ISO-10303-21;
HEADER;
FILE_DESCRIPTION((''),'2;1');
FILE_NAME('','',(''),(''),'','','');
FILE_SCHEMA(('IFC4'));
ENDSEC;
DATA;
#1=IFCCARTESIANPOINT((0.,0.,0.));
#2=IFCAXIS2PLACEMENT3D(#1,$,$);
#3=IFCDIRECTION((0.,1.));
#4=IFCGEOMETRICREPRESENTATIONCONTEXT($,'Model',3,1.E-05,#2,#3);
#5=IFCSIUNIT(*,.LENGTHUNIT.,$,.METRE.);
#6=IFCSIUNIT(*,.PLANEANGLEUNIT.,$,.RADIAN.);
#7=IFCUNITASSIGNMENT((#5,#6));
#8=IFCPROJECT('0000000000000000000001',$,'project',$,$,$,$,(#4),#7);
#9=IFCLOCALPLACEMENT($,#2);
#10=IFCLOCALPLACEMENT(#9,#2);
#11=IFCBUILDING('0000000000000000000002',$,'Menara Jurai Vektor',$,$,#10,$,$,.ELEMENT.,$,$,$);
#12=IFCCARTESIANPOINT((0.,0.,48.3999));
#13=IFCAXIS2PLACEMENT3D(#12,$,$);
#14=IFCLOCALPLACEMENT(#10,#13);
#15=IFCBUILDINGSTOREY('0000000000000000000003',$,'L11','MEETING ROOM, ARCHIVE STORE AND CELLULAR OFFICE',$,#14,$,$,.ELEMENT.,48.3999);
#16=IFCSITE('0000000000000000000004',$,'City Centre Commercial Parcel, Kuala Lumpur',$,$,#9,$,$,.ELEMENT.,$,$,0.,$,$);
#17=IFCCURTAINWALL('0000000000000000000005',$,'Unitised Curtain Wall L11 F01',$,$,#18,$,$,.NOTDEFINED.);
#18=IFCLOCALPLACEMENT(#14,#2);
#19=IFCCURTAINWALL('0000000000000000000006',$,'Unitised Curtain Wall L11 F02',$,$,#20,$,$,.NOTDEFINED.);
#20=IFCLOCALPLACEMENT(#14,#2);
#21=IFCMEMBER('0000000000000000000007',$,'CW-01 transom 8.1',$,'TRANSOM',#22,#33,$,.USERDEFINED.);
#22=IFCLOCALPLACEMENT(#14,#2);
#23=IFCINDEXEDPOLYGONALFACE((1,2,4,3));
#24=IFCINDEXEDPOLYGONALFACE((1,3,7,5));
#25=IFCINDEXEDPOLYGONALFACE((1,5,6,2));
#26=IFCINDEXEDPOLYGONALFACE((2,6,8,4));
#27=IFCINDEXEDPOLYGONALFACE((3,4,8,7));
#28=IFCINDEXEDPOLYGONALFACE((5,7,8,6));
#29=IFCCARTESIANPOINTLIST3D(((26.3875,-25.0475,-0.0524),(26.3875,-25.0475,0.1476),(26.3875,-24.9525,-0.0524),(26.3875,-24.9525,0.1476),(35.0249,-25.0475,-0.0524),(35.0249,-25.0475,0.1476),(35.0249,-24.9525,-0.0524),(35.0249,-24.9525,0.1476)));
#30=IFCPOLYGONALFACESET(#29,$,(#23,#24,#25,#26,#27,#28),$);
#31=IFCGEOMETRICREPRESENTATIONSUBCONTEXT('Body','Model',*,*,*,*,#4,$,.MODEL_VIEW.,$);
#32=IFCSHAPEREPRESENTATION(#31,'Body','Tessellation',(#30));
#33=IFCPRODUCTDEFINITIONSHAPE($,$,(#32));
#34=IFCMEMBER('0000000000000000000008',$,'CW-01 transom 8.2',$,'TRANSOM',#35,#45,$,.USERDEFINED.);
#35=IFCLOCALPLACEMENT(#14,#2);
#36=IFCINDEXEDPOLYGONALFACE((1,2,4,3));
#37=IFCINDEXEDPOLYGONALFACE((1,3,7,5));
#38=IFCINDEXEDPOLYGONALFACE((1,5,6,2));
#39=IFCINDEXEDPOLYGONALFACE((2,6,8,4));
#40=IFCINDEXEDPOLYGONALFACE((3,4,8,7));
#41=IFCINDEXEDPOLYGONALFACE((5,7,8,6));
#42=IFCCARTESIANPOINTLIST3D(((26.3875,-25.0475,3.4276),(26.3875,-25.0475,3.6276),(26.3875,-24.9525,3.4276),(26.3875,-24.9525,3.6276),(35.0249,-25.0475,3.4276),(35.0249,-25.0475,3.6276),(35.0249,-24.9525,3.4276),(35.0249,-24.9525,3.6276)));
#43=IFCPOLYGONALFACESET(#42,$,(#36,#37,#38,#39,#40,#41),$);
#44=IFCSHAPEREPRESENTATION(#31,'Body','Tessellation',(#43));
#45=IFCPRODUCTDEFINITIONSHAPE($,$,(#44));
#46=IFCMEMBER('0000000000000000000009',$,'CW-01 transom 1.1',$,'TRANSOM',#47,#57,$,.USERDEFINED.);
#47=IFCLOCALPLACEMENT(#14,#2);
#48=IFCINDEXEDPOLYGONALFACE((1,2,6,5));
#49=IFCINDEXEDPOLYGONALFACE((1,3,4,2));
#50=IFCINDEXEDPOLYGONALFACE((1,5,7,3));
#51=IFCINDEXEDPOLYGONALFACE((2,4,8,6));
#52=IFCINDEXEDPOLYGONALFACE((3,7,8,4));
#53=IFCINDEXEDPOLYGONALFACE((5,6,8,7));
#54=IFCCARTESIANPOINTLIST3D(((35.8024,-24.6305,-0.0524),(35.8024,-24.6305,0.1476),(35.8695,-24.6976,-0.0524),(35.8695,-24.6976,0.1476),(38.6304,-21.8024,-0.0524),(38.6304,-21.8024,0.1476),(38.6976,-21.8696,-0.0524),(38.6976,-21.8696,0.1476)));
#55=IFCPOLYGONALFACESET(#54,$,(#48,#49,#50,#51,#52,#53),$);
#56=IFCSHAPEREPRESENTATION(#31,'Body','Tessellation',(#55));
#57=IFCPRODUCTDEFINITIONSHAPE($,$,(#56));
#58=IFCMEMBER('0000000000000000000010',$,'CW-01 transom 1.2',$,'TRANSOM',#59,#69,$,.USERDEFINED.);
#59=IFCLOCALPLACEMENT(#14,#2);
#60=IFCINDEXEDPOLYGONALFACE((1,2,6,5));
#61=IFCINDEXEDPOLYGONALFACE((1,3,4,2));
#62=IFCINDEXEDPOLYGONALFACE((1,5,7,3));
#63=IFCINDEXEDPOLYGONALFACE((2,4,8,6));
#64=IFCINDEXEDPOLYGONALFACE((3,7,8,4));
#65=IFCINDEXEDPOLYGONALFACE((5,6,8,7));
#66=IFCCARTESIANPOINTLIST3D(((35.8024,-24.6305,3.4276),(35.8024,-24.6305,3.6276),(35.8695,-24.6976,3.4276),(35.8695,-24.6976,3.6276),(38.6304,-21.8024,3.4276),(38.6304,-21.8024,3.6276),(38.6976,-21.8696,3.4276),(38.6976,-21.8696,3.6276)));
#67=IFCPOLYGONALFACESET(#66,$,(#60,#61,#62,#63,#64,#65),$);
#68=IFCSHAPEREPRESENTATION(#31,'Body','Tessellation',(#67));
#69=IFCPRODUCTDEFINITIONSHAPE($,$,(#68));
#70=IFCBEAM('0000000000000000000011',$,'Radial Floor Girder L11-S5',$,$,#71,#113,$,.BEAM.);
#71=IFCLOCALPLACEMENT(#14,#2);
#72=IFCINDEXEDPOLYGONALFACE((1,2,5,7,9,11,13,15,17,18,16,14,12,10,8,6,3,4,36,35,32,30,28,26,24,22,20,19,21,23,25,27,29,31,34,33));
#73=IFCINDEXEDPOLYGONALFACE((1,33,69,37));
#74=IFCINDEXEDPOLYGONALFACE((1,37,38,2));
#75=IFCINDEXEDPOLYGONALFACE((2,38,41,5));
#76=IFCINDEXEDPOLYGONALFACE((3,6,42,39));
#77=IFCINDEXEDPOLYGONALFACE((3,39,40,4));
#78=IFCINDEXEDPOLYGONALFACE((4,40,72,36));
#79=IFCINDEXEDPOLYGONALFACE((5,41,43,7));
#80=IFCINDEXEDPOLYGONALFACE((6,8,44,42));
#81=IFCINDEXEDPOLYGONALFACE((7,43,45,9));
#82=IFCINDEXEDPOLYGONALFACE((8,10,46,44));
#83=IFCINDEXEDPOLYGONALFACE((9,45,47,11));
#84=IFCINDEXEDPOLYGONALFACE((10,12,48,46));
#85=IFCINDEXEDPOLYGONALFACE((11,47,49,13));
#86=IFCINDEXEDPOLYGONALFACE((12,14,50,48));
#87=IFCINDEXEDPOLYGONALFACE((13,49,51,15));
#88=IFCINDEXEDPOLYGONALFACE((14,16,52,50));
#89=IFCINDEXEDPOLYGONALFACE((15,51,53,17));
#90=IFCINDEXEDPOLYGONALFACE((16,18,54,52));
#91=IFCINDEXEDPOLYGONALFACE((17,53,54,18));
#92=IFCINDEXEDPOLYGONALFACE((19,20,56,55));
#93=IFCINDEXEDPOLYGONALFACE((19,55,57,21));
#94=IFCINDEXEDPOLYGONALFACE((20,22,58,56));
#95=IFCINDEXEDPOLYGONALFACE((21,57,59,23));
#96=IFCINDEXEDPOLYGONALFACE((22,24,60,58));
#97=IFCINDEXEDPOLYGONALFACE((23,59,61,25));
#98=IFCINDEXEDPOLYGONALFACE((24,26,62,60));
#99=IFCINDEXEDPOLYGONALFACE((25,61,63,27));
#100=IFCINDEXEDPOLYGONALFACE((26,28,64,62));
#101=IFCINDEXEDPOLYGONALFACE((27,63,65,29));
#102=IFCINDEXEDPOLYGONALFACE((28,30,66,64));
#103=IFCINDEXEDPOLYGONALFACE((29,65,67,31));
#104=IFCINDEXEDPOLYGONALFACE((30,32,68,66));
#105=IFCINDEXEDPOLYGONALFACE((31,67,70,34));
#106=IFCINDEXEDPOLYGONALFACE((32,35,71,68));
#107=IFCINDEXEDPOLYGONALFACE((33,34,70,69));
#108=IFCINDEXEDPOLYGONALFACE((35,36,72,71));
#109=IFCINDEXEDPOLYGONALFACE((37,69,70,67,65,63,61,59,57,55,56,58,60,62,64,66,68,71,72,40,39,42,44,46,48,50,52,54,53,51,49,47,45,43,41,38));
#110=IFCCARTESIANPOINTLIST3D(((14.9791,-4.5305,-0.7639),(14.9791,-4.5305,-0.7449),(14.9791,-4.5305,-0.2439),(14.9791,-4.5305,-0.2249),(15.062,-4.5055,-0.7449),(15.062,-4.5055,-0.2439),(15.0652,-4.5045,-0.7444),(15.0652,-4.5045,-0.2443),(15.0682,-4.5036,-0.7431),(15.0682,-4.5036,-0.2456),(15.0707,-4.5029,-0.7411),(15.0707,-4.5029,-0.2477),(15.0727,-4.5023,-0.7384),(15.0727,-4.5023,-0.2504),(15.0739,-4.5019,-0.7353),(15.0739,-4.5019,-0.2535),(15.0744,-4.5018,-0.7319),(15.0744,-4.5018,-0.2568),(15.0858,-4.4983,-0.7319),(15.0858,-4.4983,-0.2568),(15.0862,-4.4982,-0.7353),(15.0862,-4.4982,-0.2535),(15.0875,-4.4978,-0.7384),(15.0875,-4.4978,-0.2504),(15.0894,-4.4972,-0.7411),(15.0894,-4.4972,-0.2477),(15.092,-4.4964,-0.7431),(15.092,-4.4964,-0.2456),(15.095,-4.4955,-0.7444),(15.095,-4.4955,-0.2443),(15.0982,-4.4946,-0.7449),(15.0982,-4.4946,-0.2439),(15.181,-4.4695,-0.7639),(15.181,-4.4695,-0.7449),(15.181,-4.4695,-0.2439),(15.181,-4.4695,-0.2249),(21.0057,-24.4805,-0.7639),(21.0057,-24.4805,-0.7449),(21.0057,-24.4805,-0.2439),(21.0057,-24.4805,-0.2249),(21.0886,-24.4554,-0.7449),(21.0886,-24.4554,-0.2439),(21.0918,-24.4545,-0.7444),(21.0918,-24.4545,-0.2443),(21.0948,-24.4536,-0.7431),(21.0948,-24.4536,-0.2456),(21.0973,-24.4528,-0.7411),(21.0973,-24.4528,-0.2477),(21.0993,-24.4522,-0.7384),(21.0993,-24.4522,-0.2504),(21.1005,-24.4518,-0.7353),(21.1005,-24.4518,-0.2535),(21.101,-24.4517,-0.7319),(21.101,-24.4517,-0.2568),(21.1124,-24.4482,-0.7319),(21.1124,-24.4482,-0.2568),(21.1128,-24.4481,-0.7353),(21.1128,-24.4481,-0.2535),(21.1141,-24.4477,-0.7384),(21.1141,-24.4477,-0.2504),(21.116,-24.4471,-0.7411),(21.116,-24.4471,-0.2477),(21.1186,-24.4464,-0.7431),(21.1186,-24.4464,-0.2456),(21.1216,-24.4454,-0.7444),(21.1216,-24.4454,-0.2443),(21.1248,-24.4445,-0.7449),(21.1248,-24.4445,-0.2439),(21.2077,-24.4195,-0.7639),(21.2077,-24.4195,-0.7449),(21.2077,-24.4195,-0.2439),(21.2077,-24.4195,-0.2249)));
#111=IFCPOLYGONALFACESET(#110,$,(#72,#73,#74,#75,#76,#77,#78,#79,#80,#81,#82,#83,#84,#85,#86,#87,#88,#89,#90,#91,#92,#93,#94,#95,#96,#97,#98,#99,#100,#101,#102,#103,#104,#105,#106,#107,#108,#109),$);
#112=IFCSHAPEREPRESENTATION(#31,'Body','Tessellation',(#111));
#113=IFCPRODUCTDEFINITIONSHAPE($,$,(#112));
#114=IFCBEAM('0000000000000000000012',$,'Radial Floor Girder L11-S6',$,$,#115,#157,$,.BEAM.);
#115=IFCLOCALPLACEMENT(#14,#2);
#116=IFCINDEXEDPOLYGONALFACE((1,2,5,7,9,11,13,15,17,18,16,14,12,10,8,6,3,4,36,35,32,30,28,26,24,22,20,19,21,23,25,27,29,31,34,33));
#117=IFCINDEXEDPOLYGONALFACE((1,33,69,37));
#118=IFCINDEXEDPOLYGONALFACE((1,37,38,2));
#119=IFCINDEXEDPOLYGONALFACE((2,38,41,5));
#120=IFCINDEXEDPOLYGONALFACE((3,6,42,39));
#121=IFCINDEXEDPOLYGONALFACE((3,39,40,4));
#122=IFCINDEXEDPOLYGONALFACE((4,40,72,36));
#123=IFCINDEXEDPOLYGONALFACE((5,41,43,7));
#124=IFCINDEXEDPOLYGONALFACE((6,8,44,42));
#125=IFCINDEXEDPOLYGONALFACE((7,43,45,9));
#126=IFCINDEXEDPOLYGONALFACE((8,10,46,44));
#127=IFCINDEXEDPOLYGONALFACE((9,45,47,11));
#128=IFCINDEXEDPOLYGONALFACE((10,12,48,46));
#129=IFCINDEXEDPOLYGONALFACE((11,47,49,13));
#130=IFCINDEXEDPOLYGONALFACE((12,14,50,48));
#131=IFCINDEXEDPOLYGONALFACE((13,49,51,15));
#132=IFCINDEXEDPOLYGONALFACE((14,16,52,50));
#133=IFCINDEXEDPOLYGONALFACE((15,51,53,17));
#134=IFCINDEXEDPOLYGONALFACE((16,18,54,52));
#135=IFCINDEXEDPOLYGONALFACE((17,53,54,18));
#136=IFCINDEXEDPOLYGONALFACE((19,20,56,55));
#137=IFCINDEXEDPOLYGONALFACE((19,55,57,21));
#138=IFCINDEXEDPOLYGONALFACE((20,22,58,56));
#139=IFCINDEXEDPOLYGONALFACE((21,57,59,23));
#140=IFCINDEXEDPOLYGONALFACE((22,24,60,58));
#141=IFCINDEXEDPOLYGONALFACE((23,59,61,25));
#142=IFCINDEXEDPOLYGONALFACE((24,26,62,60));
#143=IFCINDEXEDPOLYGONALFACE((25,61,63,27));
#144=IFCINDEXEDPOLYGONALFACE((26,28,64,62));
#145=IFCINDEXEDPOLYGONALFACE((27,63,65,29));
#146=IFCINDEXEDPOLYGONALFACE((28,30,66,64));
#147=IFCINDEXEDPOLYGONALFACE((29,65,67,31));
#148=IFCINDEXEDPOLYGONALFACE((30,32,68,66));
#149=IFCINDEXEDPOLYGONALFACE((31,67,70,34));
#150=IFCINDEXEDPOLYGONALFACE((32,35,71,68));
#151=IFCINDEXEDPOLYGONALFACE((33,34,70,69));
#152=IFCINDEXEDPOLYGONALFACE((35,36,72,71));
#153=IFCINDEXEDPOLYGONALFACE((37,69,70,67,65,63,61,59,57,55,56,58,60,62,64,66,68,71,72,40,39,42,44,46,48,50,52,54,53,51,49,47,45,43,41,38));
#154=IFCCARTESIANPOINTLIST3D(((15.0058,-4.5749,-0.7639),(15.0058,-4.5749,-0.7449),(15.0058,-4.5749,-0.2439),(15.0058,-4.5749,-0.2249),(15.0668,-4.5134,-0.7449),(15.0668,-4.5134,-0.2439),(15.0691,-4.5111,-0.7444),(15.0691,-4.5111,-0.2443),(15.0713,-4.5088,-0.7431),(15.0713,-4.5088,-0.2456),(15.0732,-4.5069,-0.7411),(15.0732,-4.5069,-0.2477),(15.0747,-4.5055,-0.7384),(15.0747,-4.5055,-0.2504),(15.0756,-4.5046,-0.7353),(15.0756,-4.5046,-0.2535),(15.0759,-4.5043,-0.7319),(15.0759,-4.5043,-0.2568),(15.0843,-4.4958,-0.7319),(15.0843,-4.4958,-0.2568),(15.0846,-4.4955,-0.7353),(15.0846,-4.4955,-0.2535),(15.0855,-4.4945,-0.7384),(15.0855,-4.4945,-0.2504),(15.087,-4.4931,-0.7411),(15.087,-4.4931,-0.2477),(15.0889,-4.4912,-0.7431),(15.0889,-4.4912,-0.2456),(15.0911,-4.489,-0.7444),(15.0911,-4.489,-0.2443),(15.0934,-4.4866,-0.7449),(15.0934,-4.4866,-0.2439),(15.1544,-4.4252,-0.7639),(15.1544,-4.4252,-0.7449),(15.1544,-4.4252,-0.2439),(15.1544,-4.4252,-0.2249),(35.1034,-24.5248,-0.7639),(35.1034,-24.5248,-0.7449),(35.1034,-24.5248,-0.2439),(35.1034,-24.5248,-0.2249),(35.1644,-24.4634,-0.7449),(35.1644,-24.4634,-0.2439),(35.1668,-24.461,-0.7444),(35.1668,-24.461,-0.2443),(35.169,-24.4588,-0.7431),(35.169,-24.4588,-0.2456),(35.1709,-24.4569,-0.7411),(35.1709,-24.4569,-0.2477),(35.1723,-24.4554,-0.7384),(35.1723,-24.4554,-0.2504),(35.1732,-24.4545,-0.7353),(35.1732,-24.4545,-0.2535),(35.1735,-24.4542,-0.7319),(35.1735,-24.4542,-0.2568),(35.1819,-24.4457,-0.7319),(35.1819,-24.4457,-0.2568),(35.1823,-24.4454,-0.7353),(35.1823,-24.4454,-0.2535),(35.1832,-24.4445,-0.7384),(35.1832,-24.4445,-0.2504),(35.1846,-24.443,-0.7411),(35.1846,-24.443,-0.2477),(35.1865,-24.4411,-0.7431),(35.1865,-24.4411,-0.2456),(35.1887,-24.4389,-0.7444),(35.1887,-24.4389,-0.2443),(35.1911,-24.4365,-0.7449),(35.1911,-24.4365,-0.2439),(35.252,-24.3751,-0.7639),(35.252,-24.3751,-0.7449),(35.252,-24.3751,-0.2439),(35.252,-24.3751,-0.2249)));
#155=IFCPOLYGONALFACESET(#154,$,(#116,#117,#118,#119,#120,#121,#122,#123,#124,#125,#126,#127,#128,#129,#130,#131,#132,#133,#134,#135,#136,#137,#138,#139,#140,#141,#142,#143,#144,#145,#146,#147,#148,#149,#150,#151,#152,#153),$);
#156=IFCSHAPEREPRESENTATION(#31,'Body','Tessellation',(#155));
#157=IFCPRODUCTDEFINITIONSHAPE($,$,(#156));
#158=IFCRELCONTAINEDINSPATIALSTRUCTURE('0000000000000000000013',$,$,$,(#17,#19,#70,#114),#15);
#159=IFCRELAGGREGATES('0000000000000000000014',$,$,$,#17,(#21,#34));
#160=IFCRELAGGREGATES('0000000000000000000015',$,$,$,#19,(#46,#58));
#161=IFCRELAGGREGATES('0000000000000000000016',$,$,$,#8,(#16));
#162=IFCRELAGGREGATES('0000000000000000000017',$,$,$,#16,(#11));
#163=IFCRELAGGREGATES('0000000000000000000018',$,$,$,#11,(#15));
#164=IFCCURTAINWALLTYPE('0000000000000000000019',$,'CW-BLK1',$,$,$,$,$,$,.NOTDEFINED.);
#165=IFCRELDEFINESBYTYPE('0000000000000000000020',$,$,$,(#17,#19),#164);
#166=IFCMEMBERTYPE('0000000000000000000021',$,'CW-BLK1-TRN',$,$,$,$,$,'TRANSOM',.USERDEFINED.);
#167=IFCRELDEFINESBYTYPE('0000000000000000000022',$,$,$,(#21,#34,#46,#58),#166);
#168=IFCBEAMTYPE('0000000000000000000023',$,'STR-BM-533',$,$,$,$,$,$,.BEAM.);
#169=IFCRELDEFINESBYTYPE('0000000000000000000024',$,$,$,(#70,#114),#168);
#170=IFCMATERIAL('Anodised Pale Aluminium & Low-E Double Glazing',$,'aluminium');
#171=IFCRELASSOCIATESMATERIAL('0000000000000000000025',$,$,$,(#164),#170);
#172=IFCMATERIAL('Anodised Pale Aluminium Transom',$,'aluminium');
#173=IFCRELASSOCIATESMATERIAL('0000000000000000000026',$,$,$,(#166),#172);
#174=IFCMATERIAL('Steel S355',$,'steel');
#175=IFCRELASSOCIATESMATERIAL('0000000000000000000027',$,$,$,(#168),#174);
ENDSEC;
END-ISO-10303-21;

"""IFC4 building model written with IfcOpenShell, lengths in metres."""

from ifc_helpers import new_model, si_unit, direction, frame, origin, origin_2d, place, context, subcontext, project, spatial, rectangle, i_section, extrude, material, material_profile, profile_set, type_object, element, aggregate, save


model = new_model("IFC4")

# Units and contexts
model_context = context("Model", 3, precision=1e-05, world=origin(), true_north=direction((0.0, 1.0)))
body_context = subcontext(model_context, "Body", "Model", "MODEL_VIEW")
ifc_project = project(units=[si_unit("LENGTHUNIT", "METRE"), si_unit("PLANEANGLEUNIT", "RADIAN")], contexts=[model_context])

# Site, building, storey
site_placement = place(None, origin())
site = spatial("IfcSite", under=ifc_project, at=site_placement, Name="City Centre Commercial Parcel, Kuala Lumpur", CompositionType="ELEMENT", RefElevation=0.0)
building_placement = place(site_placement, origin())
building = spatial("IfcBuilding", under=site, at=building_placement, Name="Menara Jurai Vektor", CompositionType="ELEMENT")
storey_placement = place(building_placement, frame((0.0, 0.0, 48.3999)))
storey = spatial("IfcBuildingStorey", under=building, at=storey_placement, Name="L11", Description="MEETING ROOM, ARCHIVE STORE AND CELLULAR OFFICE", CompositionType="ELEMENT", Elevation=48.3999)

# Curtain walls
ifc_material_1 = material(Name="Anodised Pale Aluminium & Low-E Double Glazing", Category="aluminium")
curtain_wall_type = type_object("IfcCurtainWallType", Name="CW-BLK1", PredefinedType="NOTDEFINED", material=ifc_material_1)
curtain_wall_1_placement = place(storey_placement, origin())
curtain_wall_1 = element("IfcCurtainWall", 1, at=curtain_wall_1_placement, inside=storey, type_object=curtain_wall_type, Name="Unitised Curtain Wall L11 F01", PredefinedType="NOTDEFINED")
curtain_wall_2_placement = place(storey_placement, origin())
curtain_wall_2 = element("IfcCurtainWall", 2, at=curtain_wall_2_placement, inside=storey, type_object=curtain_wall_type, Name="Unitised Curtain Wall L11 F02", PredefinedType="NOTDEFINED")

# Members
ifc_material_2 = material(Name="Anodised Pale Aluminium Transom", Category="aluminium")
ifc_material_profile_1 = material_profile(ifc_material_2, rectangle(XDim=0.095, YDim=0.2, at=origin_2d()), Name="ALU TRN 95x200")
ifc_profile_set_1 = profile_set([ifc_material_profile_1], Name="Anodised Pale Aluminium Transom")
member_type_1 = type_object("IfcMemberType", Name="CW-BLK1-TRN", ElementType="TRANSOM", PredefinedType="USERDEFINED", material=ifc_profile_set_1)
member_1_placement = place(storey_placement, frame((26.3875, -25.0, 0.0476), z_axis=(1.0, 0.0, 0.0), x_axis=(0.0, 1.0, 0.0)))
member_1 = element("IfcMember", 3, at=member_1_placement, type_object=member_type_1, Name="CW-01 transom 8.1", ObjectType="TRANSOM", PredefinedType="USERDEFINED", context=body_context, shape_type="SweptSolid", body=[
    extrude(rectangle(XDim=0.095, YDim=0.2, at=origin_2d()), origin(), (0.0, 0.0, 1.0), 8.6375),
])
member_2_placement = place(storey_placement, frame((26.3875, -25.0, 3.5276), z_axis=(1.0, 0.0, 0.0), x_axis=(0.0, 1.0, 0.0)))
member_2 = element("IfcMember", 4, at=member_2_placement, type_object=member_type_1, Name="CW-01 transom 8.2", ObjectType="TRANSOM", PredefinedType="USERDEFINED", context=body_context, shape_type="SweptSolid", body=[
    extrude(rectangle(XDim=0.095, YDim=0.2, at=origin_2d()), origin(), (0.0, 0.0, 1.0), 8.6375),
])
member_3_placement = place(storey_placement, frame((35.8359, -24.6641, 0.0476), z_axis=(0.707107, 0.707107, 0.0), x_axis=(-0.707107, 0.707107, 0.0)))
member_3 = element("IfcMember", 5, at=member_3_placement, type_object=member_type_1, Name="CW-01 transom 1.1", ObjectType="TRANSOM", PredefinedType="USERDEFINED", context=body_context, shape_type="SweptSolid", body=[
    extrude(rectangle(XDim=0.095, YDim=0.2, at=origin_2d()), origin(), (0.0, 0.0, 1.0), 3.9995),
])
member_4_placement = place(storey_placement, frame((35.8359, -24.6641, 3.5276), z_axis=(0.707107, 0.707107, 0.0), x_axis=(-0.707107, 0.707107, 0.0)))
member_4 = element("IfcMember", 6, at=member_4_placement, type_object=member_type_1, Name="CW-01 transom 1.2", ObjectType="TRANSOM", PredefinedType="USERDEFINED", context=body_context, shape_type="SweptSolid", body=[
    extrude(rectangle(XDim=0.095, YDim=0.2, at=origin_2d()), origin(), (0.0, 0.0, 1.0), 3.9995),
])

# Beams
ifc_material_3 = material(Name="Steel S355", Category="steel")
ifc_material_profile_2 = material_profile(ifc_material_3, i_section(OverallWidth=0.2109, OverallDepth=0.5391, WebThickness=0.012, FlangeThickness=0.019, FilletRadius=0.0129, at=origin_2d()), Name="UKB 533x210x109")
ifc_profile_set_2 = profile_set([ifc_material_profile_2], Name="Steel S355")
beam_type_1 = type_object("IfcBeamType", Name="STR-BM-533", PredefinedType="BEAM", material=ifc_profile_set_2)
beam_1_placement = place(storey_placement, frame((21.1067, -24.45, -0.4944), z_axis=(-0.28918, 0.957275, 0.0), x_axis=(-0.957275, -0.28918, 0.0)))
element("IfcBeam", 7, at=beam_1_placement, inside=storey, type_object=beam_type_1, Name="Radial Floor Girder L11-S5", PredefinedType="BEAM", context=body_context, shape_type="SweptSolid", body=[
    extrude(i_section(OverallWidth=0.2109, OverallDepth=0.5391, WebThickness=0.012, FlangeThickness=0.019, FilletRadius=0.0129, at=origin_2d()), origin(), (0.0, 0.0, 1.0), 20.8403),
])
beam_2_placement = place(storey_placement, frame((35.1777, -24.45, -0.4944), z_axis=(-0.70971, 0.704494, 0.0), x_axis=(-0.704494, -0.70971, 0.0)))
element("IfcBeam", 8, at=beam_2_placement, inside=storey, type_object=beam_type_1, Name="Radial Floor Girder L11-S6", PredefinedType="BEAM", context=body_context, shape_type="SweptSolid", body=[
    extrude(i_section(OverallWidth=0.2109, OverallDepth=0.5391, WebThickness=0.012, FlangeThickness=0.019, FilletRadius=0.0129, at=origin_2d()), origin(), (0.0, 0.0, 1.0), 28.3181),
])

aggregate(curtain_wall_1, [member_1, member_2])
aggregate(curtain_wall_2, [member_3, member_4])

save(model, "model.ifc")
